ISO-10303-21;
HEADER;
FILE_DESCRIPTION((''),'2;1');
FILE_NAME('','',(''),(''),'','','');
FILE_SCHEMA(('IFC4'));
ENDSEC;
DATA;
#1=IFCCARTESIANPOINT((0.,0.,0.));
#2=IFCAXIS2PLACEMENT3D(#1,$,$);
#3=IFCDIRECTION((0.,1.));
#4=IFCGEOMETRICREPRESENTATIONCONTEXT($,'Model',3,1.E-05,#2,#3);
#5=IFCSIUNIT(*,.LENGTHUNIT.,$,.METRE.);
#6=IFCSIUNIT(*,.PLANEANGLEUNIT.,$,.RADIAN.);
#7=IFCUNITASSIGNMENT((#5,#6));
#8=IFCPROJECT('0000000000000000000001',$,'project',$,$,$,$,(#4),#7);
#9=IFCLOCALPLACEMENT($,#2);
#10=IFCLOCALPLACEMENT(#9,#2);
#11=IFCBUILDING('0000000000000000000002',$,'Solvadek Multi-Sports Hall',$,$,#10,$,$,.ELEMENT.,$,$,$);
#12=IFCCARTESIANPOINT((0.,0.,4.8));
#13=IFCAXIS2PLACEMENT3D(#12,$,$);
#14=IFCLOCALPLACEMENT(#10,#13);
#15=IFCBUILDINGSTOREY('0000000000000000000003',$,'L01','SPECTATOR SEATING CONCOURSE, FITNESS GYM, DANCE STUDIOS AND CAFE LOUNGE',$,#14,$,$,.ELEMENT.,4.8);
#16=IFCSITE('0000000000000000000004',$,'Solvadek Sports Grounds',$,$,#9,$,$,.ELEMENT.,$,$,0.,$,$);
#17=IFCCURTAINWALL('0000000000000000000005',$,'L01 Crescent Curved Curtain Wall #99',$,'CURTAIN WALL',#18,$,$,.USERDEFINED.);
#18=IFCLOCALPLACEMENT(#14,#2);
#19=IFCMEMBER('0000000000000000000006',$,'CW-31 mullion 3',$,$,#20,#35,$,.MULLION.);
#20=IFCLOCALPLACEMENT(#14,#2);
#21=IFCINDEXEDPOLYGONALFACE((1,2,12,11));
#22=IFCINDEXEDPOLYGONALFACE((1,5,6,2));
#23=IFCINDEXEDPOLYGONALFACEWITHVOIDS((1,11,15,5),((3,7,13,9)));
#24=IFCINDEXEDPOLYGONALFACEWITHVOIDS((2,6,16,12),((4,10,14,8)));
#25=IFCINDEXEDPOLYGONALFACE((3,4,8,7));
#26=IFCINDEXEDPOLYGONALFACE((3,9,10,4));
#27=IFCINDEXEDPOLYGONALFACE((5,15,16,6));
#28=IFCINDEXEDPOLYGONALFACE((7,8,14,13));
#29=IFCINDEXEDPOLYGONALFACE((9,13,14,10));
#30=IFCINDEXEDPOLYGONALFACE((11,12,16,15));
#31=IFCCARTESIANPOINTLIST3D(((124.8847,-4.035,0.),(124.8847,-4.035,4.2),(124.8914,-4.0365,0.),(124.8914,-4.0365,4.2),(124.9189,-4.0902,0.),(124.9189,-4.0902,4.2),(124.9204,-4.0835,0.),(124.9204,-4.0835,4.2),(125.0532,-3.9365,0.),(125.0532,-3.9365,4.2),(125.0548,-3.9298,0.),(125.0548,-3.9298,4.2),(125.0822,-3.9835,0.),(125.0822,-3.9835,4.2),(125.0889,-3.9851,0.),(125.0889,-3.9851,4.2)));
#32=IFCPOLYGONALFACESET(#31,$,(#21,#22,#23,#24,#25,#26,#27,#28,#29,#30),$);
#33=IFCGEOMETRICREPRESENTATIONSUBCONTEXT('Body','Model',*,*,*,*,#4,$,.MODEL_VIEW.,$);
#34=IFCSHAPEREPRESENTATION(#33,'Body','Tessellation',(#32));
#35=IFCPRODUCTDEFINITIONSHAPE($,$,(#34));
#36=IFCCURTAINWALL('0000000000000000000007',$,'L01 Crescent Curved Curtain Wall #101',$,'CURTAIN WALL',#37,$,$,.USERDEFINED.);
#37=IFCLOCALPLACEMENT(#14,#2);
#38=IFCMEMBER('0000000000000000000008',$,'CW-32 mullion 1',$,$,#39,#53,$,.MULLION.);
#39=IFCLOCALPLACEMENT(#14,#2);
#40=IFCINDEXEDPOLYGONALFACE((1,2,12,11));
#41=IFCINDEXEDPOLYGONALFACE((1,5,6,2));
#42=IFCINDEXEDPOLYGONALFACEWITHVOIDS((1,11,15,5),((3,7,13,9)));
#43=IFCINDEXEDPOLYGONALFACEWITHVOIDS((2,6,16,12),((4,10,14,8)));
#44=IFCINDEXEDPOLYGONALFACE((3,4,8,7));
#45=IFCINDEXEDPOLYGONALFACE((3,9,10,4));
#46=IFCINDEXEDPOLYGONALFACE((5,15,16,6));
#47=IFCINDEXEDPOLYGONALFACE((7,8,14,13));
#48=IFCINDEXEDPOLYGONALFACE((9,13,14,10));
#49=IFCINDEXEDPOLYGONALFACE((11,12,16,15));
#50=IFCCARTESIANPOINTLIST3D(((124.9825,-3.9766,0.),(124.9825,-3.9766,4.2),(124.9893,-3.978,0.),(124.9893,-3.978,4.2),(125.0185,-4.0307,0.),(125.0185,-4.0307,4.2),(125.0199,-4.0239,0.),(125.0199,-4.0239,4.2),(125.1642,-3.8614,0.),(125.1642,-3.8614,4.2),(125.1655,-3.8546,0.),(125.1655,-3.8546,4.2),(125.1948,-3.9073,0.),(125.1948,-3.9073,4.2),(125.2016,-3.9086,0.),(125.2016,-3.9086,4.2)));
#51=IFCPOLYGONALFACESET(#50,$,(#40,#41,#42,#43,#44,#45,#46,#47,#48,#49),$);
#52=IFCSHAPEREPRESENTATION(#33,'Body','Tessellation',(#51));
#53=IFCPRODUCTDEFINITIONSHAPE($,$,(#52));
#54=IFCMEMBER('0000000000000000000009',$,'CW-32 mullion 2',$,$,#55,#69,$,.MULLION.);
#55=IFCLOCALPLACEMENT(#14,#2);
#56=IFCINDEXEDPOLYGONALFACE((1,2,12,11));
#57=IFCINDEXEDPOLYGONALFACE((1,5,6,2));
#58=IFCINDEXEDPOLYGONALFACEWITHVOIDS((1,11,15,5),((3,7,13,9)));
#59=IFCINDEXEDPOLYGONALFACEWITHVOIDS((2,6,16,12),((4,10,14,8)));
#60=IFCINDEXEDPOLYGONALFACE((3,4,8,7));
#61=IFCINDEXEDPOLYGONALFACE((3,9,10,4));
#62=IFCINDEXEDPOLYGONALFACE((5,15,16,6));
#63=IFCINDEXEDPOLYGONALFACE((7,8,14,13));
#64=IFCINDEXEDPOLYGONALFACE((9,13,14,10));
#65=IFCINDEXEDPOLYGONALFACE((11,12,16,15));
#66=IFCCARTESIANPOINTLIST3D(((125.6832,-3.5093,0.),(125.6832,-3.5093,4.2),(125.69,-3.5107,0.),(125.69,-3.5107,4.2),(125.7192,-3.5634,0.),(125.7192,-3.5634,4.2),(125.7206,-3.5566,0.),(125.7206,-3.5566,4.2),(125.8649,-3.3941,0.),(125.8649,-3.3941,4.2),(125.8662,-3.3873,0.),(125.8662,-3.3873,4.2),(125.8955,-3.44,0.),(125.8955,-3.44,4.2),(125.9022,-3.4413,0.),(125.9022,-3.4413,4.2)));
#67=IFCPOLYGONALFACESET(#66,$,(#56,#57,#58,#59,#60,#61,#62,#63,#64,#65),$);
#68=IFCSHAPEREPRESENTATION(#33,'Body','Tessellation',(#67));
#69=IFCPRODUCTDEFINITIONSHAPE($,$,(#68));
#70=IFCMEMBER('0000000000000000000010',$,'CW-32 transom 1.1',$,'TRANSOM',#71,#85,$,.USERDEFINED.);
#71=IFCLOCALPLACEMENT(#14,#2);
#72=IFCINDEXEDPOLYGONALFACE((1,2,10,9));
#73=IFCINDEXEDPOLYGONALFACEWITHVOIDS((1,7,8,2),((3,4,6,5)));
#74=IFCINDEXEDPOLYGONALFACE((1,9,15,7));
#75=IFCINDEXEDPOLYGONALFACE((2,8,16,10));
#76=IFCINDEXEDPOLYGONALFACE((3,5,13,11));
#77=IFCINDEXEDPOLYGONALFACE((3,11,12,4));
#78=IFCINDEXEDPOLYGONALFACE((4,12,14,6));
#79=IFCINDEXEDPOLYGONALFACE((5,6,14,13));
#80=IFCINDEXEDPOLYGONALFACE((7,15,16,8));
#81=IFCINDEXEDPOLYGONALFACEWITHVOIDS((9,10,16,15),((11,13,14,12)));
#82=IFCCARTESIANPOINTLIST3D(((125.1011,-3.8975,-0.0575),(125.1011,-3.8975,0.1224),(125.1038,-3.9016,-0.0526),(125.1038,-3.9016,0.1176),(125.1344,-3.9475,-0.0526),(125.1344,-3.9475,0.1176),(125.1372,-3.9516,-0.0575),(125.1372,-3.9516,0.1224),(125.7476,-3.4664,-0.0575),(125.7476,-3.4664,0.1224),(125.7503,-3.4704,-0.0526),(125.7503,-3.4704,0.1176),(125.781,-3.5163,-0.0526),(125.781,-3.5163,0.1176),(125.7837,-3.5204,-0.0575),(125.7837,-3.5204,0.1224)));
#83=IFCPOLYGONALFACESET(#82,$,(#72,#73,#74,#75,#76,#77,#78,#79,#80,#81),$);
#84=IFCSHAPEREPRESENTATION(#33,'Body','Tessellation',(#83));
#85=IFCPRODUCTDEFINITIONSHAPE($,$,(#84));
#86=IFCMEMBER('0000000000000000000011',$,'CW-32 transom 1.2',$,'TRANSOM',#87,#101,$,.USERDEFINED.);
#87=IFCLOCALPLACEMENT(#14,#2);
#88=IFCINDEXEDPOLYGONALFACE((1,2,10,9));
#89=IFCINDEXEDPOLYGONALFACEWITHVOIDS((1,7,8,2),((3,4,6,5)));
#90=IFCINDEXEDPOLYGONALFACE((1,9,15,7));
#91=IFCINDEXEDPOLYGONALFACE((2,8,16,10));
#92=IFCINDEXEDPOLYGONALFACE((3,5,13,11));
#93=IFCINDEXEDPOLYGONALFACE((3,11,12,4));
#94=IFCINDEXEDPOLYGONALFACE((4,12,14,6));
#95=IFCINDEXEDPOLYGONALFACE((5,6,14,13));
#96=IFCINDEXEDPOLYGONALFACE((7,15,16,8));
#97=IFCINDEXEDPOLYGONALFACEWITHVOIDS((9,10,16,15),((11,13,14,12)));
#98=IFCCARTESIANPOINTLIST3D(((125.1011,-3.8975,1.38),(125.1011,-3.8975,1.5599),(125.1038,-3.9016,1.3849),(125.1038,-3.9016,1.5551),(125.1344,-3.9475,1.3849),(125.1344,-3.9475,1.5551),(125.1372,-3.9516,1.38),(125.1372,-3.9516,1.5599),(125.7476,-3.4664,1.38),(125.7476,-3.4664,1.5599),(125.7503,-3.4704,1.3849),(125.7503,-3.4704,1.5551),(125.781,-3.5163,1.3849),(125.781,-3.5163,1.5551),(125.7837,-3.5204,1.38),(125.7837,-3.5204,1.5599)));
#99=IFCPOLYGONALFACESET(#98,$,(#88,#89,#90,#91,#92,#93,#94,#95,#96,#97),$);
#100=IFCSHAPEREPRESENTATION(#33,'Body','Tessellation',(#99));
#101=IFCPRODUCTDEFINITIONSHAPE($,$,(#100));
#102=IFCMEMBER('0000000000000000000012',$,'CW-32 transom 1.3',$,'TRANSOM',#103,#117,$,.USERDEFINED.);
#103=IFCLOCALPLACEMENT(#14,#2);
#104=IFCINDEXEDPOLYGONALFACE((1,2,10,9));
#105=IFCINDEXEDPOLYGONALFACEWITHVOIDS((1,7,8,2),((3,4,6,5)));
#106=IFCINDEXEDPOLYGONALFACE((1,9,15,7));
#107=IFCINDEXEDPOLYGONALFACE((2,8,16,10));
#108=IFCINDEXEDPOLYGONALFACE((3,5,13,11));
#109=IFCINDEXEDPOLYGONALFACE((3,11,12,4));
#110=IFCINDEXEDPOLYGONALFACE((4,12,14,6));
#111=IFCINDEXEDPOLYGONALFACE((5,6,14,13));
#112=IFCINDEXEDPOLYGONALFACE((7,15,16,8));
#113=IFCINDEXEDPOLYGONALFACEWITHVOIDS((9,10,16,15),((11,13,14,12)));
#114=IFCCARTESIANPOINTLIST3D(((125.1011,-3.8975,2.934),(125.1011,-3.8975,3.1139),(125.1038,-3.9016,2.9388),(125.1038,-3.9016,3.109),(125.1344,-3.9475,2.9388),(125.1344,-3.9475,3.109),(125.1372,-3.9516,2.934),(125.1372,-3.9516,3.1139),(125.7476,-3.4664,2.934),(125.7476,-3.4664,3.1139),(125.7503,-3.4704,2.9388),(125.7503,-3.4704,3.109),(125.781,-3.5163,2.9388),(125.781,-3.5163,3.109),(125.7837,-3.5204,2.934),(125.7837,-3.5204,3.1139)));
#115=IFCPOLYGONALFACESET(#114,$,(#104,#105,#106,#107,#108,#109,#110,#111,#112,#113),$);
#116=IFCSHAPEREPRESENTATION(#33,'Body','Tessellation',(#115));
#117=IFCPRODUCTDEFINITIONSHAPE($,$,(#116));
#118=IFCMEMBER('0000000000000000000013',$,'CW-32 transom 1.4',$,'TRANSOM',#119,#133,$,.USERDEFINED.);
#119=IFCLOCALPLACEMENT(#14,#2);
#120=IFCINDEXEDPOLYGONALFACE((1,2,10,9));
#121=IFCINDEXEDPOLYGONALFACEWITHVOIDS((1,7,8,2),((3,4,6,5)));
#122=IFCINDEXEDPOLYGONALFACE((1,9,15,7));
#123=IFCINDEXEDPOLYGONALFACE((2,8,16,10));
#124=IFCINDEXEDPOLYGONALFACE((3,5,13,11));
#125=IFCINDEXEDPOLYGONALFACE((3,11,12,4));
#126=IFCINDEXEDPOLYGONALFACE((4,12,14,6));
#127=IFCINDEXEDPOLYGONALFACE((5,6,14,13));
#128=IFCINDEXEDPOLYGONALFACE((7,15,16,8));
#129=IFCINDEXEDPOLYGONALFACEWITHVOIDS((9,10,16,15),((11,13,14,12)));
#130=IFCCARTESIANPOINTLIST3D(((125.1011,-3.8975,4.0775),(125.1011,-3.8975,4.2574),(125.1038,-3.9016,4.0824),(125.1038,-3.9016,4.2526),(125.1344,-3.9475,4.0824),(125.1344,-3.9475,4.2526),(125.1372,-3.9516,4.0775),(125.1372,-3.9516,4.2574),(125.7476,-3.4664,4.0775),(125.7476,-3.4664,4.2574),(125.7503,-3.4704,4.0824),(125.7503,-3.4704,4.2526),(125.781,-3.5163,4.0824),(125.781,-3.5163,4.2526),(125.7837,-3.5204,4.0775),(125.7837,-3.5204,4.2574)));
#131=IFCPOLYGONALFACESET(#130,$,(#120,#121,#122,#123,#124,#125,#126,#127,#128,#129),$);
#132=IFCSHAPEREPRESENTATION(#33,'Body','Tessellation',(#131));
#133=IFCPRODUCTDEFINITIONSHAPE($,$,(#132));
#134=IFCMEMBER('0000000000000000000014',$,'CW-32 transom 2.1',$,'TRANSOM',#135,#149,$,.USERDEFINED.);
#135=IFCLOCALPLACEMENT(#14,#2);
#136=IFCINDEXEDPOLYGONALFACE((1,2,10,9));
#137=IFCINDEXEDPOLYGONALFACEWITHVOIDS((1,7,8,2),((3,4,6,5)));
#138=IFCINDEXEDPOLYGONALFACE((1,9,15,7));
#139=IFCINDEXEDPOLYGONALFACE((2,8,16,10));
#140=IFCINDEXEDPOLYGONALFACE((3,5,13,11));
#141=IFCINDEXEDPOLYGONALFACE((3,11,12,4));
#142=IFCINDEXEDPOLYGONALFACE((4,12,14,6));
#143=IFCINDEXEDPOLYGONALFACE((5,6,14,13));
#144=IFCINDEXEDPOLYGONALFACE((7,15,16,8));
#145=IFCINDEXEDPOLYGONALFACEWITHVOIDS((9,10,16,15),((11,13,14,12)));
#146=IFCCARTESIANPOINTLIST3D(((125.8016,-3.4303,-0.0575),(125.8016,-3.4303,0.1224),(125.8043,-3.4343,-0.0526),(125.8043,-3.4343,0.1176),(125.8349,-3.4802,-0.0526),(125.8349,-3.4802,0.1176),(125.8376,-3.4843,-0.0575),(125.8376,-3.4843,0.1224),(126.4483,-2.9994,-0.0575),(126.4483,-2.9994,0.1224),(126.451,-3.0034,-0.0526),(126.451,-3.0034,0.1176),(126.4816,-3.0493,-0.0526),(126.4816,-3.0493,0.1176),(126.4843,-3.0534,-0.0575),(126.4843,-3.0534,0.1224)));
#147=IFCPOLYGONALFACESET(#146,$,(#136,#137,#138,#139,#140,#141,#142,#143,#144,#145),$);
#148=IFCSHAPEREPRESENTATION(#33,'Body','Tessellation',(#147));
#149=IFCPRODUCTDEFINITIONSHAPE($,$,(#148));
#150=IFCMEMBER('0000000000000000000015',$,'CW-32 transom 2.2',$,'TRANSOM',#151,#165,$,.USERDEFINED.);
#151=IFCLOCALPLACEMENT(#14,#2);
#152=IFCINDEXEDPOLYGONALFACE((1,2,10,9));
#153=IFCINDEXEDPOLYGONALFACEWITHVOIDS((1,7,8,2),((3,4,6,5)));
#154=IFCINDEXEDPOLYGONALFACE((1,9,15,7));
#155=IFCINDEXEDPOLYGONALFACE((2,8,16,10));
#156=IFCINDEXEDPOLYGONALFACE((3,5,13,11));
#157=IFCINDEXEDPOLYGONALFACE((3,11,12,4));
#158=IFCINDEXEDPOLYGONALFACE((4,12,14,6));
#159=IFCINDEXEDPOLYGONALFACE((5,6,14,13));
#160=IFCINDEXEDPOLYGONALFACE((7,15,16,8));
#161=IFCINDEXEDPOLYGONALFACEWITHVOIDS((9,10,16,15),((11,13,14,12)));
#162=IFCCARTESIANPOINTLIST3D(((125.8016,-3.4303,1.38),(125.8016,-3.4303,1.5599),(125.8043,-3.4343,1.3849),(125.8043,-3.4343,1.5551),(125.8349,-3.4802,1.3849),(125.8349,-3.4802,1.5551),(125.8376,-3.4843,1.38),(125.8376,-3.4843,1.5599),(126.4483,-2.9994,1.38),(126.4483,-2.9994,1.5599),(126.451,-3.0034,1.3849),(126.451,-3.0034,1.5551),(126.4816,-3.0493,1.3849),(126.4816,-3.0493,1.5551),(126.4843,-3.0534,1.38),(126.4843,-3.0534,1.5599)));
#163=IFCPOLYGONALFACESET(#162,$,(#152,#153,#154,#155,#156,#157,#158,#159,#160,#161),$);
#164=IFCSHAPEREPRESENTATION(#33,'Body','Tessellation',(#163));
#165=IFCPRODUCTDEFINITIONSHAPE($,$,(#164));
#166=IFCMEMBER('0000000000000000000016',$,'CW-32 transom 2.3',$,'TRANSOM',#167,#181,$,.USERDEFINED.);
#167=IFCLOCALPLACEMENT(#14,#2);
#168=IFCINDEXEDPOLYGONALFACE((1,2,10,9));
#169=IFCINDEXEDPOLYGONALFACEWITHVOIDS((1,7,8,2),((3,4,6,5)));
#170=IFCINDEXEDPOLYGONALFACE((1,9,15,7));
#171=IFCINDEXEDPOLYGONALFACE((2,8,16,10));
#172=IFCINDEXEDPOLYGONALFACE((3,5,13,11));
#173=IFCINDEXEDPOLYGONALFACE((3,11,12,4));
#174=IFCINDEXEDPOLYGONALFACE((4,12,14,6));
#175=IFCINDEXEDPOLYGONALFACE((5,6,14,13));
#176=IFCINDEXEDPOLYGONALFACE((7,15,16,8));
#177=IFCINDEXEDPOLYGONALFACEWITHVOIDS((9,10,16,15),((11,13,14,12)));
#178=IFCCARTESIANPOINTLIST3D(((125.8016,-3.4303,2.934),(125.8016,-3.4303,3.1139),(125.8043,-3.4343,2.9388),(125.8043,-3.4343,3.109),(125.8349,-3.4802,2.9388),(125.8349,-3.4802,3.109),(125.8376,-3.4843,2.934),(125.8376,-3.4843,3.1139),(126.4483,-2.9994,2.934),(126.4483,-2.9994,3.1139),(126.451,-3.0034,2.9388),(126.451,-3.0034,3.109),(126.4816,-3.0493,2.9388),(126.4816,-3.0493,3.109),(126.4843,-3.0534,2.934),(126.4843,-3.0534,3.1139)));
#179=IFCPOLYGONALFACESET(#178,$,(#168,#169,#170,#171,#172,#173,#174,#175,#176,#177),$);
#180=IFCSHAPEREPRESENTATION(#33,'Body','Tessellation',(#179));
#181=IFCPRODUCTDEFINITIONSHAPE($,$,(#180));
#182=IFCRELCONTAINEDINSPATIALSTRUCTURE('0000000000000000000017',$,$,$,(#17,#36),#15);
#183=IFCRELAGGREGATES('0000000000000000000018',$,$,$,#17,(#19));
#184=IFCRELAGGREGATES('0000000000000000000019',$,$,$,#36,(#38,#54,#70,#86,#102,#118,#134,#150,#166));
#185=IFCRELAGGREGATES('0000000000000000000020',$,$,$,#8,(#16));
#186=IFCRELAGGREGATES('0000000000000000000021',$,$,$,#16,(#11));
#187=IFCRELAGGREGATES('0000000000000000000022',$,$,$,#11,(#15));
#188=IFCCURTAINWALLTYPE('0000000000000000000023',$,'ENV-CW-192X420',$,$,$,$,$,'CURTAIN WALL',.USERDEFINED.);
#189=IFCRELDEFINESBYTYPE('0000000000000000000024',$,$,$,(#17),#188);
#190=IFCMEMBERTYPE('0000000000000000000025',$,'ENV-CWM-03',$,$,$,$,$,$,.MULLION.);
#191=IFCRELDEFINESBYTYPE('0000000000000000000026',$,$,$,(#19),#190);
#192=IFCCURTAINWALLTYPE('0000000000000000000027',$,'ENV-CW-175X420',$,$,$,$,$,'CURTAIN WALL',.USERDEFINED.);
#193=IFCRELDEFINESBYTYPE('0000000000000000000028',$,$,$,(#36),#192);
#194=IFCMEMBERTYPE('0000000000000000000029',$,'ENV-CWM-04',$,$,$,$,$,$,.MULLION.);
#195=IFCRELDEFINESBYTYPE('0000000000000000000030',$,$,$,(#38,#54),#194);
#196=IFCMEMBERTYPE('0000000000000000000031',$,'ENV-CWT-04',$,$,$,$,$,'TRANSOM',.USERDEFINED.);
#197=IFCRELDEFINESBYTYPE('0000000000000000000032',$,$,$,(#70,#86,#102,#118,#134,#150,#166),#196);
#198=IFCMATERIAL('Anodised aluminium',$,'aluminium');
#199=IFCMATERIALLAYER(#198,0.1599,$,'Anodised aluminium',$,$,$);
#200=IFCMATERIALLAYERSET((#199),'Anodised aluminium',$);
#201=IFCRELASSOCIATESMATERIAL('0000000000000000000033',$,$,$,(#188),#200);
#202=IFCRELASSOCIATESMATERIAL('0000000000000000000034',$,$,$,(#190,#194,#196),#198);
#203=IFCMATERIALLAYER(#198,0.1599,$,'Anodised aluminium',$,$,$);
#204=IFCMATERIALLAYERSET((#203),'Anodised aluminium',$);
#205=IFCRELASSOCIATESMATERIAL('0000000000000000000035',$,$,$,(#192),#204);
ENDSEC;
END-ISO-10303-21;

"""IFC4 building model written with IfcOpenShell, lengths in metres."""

from ifc_helpers import new_model, si_unit, direction, frame, origin, origin_2d, place, context, subcontext, project, spatial, hollow_rectangle, extrude, material, layer, layer_set, material_profile, profile_set, type_object, element, aggregate, save


model = new_model("IFC4")

# Units and contexts
model_context = context("Model", 3, precision=1e-05, world=origin(), true_north=direction((0.0, 1.0)))
body_context = subcontext(model_context, "Body", "Model", "MODEL_VIEW")
ifc_project = project(units=[si_unit("LENGTHUNIT", "METRE"), si_unit("PLANEANGLEUNIT", "RADIAN")], contexts=[model_context])

# Site, building, storey
site_placement = place(None, origin())
site = spatial("IfcSite", under=ifc_project, at=site_placement, Name="Solvadek Sports Grounds", CompositionType="ELEMENT", RefElevation=0.0)
building_placement = place(site_placement, origin())
building = spatial("IfcBuilding", under=site, at=building_placement, Name="Solvadek Multi-Sports Hall", CompositionType="ELEMENT")
storey_placement = place(building_placement, frame((0.0, 0.0, 4.8)))
storey = spatial("IfcBuildingStorey", under=building, at=storey_placement, Name="L01", Description="SPECTATOR SEATING CONCOURSE, FITNESS GYM, DANCE STUDIOS AND CAFE LOUNGE", CompositionType="ELEMENT", Elevation=4.8)

# Curtain wall, member
ifc_material_1 = material(Name="Anodised aluminium", Category="aluminium")
ifc_layer_1 = layer(ifc_material_1, 0.1599, Name="Anodised aluminium")
ifc_layer_set_1 = layer_set([ifc_layer_1], Name="Anodised aluminium")
curtain_wall_type_1 = type_object("IfcCurtainWallType", Name="ENV-CW-192X420", ElementType="CURTAIN WALL", PredefinedType="USERDEFINED", material=ifc_layer_set_1)
curtain_wall_1_placement = place(storey_placement, origin())
curtain_wall_1 = element("IfcCurtainWall", 1, at=curtain_wall_1_placement, inside=storey, type_object=curtain_wall_type_1, Name="L01 Crescent Curved Curtain Wall #99", ObjectType="CURTAIN WALL", PredefinedType="USERDEFINED")
ifc_material_profile_1 = material_profile(ifc_material_1, hollow_rectangle(XDim=0.0649, YDim=0.2, WallThickness=0.0049, at=origin_2d()), Name="ALU-M 200x65x5")
ifc_profile_set_1 = profile_set([ifc_material_profile_1], Name="Anodised aluminium")
member_type_1 = type_object("IfcMemberType", Name="ENV-CWM-03", PredefinedType="MULLION", material=ifc_profile_set_1)
member_1_placement = place(storey_placement, frame((124.9868, -4.01, 0.0), z_axis=(0.0, 0.0, 1.0), x_axis=(-0.525815, 0.850599, 0.0)))
member_1 = element("IfcMember", 2, at=member_1_placement, type_object=member_type_1, Name="CW-31 mullion 3", PredefinedType="MULLION", context=body_context, shape_type="SweptSolid", body=[
    extrude(hollow_rectangle(XDim=0.0649, YDim=0.2, WallThickness=0.0049, at=origin_2d()), origin(), (0.0, 0.0, 1.0), 4.2),
])

# Curtain wall, members
ifc_layer_2 = layer(ifc_material_1, 0.1599, Name="Anodised aluminium")
ifc_layer_set_2 = layer_set([ifc_layer_2], Name="Anodised aluminium")
curtain_wall_type_2 = type_object("IfcCurtainWallType", Name="ENV-CW-175X420", ElementType="CURTAIN WALL", PredefinedType="USERDEFINED", material=ifc_layer_set_2)
curtain_wall_2_placement = place(storey_placement, origin())
curtain_wall_2 = element("IfcCurtainWall", 3, at=curtain_wall_2_placement, inside=storey, type_object=curtain_wall_type_2, Name="L01 Crescent Curved Curtain Wall #101", ObjectType="CURTAIN WALL", PredefinedType="USERDEFINED")
ifc_material_profile_2 = material_profile(ifc_material_1, hollow_rectangle(XDim=0.0649, YDim=0.22, WallThickness=0.0049, at=origin_2d()), Name="ALU-M 220x65x5")
ifc_profile_set_2 = profile_set([ifc_material_profile_2], Name="Anodised aluminium")
member_type_2 = type_object("IfcMemberType", Name="ENV-CWM-04", PredefinedType="MULLION", material=ifc_profile_set_2)
member_2_placement = place(storey_placement, frame((125.092, -3.9426, 0.0), z_axis=(0.0, 0.0, 1.0), x_axis=(-0.554779, 0.831998, 0.0)))
member_2 = element("IfcMember", 4, at=member_2_placement, type_object=member_type_2, Name="CW-32 mullion 1", PredefinedType="MULLION", context=body_context, shape_type="SweptSolid", body=[
    extrude(hollow_rectangle(XDim=0.0649, YDim=0.22, WallThickness=0.0049, at=origin_2d()), origin(), (0.0, 0.0, 1.0), 4.2),
])
member_3_placement = place(storey_placement, frame((125.7927, -3.4753, 0.0), z_axis=(0.0, 0.0, 1.0), x_axis=(-0.554779, 0.831998, 0.0)))
member_3 = element("IfcMember", 5, at=member_3_placement, type_object=member_type_2, Name="CW-32 mullion 2", PredefinedType="MULLION", context=body_context, shape_type="SweptSolid", body=[
    extrude(hollow_rectangle(XDim=0.0649, YDim=0.22, WallThickness=0.0049, at=origin_2d()), origin(), (0.0, 0.0, 1.0), 4.2),
])
ifc_material_profile_3 = material_profile(ifc_material_1, hollow_rectangle(XDim=0.0649, YDim=0.1799, WallThickness=0.0049, at=origin_2d()), Name="ALU-T 180x65x5")
ifc_profile_set_3 = profile_set([ifc_material_profile_3], Name="Anodised aluminium")
member_type_3 = type_object("IfcMemberType", Name="ENV-CWT-04", ElementType="TRANSOM", PredefinedType="USERDEFINED", material=ifc_profile_set_3)
member_4_placement = place(storey_placement, frame((125.1191, -3.9246, 0.0325), z_axis=(0.831954, 0.554845, 0.0), x_axis=(-0.554845, 0.831954, 0.0)))
member_4 = element("IfcMember", 6, at=member_4_placement, type_object=member_type_3, Name="CW-32 transom 1.1", ObjectType="TRANSOM", PredefinedType="USERDEFINED", context=body_context, shape_type="SweptSolid", body=[
    extrude(hollow_rectangle(XDim=0.0649, YDim=0.1799, WallThickness=0.0049, at=origin_2d()), origin(), (0.0, 0.0, 1.0), 0.7771),
])
member_5_placement = place(storey_placement, frame((125.1191, -3.9246, 1.47), z_axis=(0.831954, 0.554845, 0.0), x_axis=(-0.554845, 0.831954, 0.0)))
member_5 = element("IfcMember", 7, at=member_5_placement, type_object=member_type_3, Name="CW-32 transom 1.2", ObjectType="TRANSOM", PredefinedType="USERDEFINED", context=body_context, shape_type="SweptSolid", body=[
    extrude(hollow_rectangle(XDim=0.0649, YDim=0.1799, WallThickness=0.0049, at=origin_2d()), origin(), (0.0, 0.0, 1.0), 0.7771),
])
member_6_placement = place(storey_placement, frame((125.1191, -3.9246, 3.0239), z_axis=(0.831954, 0.554845, 0.0), x_axis=(-0.554845, 0.831954, 0.0)))
member_6 = element("IfcMember", 8, at=member_6_placement, type_object=member_type_3, Name="CW-32 transom 1.3", ObjectType="TRANSOM", PredefinedType="USERDEFINED", context=body_context, shape_type="SweptSolid", body=[
    extrude(hollow_rectangle(XDim=0.0649, YDim=0.1799, WallThickness=0.0049, at=origin_2d()), origin(), (0.0, 0.0, 1.0), 0.7771),
])
member_7_placement = place(storey_placement, frame((125.1191, -3.9246, 4.1675), z_axis=(0.831954, 0.554845, 0.0), x_axis=(-0.554845, 0.831954, 0.0)))
member_7 = element("IfcMember", 9, at=member_7_placement, type_object=member_type_3, Name="CW-32 transom 1.4", ObjectType="TRANSOM", PredefinedType="USERDEFINED", context=body_context, shape_type="SweptSolid", body=[
    extrude(hollow_rectangle(XDim=0.0649, YDim=0.1799, WallThickness=0.0049, at=origin_2d()), origin(), (0.0, 0.0, 1.0), 0.7771),
])
member_8_placement = place(storey_placement, frame((125.8196, -3.4573, 0.0325), z_axis=(0.832195, 0.554483, 0.0), x_axis=(-0.554483, 0.832195, 0.0)))
member_8 = element("IfcMember", 10, at=member_8_placement, type_object=member_type_3, Name="CW-32 transom 2.1", ObjectType="TRANSOM", PredefinedType="USERDEFINED", context=body_context, shape_type="SweptSolid", body=[
    extrude(hollow_rectangle(XDim=0.0649, YDim=0.1799, WallThickness=0.0049, at=origin_2d()), origin(), (0.0, 0.0, 1.0), 0.7771),
])
member_9_placement = place(storey_placement, frame((125.8196, -3.4573, 1.47), z_axis=(0.832195, 0.554483, 0.0), x_axis=(-0.554483, 0.832195, 0.0)))
member_9 = element("IfcMember", 11, at=member_9_placement, type_object=member_type_3, Name="CW-32 transom 2.2", ObjectType="TRANSOM", PredefinedType="USERDEFINED", context=body_context, shape_type="SweptSolid", body=[
    extrude(hollow_rectangle(XDim=0.0649, YDim=0.1799, WallThickness=0.0049, at=origin_2d()), origin(), (0.0, 0.0, 1.0), 0.7771),
])
member_10_placement = place(storey_placement, frame((125.8196, -3.4573, 3.0239), z_axis=(0.832195, 0.554483, 0.0), x_axis=(-0.554483, 0.832195, 0.0)))
member_10 = element("IfcMember", 12, at=member_10_placement, type_object=member_type_3, Name="CW-32 transom 2.3", ObjectType="TRANSOM", PredefinedType="USERDEFINED", context=body_context, shape_type="SweptSolid", body=[
    extrude(hollow_rectangle(XDim=0.0649, YDim=0.1799, WallThickness=0.0049, at=origin_2d()), origin(), (0.0, 0.0, 1.0), 0.7771),
])

aggregate(curtain_wall_1, [member_1])
aggregate(curtain_wall_2, [member_2, member_3, member_4, member_5, member_6, member_7, member_8, member_9, member_10])

save(model, "model.ifc")
